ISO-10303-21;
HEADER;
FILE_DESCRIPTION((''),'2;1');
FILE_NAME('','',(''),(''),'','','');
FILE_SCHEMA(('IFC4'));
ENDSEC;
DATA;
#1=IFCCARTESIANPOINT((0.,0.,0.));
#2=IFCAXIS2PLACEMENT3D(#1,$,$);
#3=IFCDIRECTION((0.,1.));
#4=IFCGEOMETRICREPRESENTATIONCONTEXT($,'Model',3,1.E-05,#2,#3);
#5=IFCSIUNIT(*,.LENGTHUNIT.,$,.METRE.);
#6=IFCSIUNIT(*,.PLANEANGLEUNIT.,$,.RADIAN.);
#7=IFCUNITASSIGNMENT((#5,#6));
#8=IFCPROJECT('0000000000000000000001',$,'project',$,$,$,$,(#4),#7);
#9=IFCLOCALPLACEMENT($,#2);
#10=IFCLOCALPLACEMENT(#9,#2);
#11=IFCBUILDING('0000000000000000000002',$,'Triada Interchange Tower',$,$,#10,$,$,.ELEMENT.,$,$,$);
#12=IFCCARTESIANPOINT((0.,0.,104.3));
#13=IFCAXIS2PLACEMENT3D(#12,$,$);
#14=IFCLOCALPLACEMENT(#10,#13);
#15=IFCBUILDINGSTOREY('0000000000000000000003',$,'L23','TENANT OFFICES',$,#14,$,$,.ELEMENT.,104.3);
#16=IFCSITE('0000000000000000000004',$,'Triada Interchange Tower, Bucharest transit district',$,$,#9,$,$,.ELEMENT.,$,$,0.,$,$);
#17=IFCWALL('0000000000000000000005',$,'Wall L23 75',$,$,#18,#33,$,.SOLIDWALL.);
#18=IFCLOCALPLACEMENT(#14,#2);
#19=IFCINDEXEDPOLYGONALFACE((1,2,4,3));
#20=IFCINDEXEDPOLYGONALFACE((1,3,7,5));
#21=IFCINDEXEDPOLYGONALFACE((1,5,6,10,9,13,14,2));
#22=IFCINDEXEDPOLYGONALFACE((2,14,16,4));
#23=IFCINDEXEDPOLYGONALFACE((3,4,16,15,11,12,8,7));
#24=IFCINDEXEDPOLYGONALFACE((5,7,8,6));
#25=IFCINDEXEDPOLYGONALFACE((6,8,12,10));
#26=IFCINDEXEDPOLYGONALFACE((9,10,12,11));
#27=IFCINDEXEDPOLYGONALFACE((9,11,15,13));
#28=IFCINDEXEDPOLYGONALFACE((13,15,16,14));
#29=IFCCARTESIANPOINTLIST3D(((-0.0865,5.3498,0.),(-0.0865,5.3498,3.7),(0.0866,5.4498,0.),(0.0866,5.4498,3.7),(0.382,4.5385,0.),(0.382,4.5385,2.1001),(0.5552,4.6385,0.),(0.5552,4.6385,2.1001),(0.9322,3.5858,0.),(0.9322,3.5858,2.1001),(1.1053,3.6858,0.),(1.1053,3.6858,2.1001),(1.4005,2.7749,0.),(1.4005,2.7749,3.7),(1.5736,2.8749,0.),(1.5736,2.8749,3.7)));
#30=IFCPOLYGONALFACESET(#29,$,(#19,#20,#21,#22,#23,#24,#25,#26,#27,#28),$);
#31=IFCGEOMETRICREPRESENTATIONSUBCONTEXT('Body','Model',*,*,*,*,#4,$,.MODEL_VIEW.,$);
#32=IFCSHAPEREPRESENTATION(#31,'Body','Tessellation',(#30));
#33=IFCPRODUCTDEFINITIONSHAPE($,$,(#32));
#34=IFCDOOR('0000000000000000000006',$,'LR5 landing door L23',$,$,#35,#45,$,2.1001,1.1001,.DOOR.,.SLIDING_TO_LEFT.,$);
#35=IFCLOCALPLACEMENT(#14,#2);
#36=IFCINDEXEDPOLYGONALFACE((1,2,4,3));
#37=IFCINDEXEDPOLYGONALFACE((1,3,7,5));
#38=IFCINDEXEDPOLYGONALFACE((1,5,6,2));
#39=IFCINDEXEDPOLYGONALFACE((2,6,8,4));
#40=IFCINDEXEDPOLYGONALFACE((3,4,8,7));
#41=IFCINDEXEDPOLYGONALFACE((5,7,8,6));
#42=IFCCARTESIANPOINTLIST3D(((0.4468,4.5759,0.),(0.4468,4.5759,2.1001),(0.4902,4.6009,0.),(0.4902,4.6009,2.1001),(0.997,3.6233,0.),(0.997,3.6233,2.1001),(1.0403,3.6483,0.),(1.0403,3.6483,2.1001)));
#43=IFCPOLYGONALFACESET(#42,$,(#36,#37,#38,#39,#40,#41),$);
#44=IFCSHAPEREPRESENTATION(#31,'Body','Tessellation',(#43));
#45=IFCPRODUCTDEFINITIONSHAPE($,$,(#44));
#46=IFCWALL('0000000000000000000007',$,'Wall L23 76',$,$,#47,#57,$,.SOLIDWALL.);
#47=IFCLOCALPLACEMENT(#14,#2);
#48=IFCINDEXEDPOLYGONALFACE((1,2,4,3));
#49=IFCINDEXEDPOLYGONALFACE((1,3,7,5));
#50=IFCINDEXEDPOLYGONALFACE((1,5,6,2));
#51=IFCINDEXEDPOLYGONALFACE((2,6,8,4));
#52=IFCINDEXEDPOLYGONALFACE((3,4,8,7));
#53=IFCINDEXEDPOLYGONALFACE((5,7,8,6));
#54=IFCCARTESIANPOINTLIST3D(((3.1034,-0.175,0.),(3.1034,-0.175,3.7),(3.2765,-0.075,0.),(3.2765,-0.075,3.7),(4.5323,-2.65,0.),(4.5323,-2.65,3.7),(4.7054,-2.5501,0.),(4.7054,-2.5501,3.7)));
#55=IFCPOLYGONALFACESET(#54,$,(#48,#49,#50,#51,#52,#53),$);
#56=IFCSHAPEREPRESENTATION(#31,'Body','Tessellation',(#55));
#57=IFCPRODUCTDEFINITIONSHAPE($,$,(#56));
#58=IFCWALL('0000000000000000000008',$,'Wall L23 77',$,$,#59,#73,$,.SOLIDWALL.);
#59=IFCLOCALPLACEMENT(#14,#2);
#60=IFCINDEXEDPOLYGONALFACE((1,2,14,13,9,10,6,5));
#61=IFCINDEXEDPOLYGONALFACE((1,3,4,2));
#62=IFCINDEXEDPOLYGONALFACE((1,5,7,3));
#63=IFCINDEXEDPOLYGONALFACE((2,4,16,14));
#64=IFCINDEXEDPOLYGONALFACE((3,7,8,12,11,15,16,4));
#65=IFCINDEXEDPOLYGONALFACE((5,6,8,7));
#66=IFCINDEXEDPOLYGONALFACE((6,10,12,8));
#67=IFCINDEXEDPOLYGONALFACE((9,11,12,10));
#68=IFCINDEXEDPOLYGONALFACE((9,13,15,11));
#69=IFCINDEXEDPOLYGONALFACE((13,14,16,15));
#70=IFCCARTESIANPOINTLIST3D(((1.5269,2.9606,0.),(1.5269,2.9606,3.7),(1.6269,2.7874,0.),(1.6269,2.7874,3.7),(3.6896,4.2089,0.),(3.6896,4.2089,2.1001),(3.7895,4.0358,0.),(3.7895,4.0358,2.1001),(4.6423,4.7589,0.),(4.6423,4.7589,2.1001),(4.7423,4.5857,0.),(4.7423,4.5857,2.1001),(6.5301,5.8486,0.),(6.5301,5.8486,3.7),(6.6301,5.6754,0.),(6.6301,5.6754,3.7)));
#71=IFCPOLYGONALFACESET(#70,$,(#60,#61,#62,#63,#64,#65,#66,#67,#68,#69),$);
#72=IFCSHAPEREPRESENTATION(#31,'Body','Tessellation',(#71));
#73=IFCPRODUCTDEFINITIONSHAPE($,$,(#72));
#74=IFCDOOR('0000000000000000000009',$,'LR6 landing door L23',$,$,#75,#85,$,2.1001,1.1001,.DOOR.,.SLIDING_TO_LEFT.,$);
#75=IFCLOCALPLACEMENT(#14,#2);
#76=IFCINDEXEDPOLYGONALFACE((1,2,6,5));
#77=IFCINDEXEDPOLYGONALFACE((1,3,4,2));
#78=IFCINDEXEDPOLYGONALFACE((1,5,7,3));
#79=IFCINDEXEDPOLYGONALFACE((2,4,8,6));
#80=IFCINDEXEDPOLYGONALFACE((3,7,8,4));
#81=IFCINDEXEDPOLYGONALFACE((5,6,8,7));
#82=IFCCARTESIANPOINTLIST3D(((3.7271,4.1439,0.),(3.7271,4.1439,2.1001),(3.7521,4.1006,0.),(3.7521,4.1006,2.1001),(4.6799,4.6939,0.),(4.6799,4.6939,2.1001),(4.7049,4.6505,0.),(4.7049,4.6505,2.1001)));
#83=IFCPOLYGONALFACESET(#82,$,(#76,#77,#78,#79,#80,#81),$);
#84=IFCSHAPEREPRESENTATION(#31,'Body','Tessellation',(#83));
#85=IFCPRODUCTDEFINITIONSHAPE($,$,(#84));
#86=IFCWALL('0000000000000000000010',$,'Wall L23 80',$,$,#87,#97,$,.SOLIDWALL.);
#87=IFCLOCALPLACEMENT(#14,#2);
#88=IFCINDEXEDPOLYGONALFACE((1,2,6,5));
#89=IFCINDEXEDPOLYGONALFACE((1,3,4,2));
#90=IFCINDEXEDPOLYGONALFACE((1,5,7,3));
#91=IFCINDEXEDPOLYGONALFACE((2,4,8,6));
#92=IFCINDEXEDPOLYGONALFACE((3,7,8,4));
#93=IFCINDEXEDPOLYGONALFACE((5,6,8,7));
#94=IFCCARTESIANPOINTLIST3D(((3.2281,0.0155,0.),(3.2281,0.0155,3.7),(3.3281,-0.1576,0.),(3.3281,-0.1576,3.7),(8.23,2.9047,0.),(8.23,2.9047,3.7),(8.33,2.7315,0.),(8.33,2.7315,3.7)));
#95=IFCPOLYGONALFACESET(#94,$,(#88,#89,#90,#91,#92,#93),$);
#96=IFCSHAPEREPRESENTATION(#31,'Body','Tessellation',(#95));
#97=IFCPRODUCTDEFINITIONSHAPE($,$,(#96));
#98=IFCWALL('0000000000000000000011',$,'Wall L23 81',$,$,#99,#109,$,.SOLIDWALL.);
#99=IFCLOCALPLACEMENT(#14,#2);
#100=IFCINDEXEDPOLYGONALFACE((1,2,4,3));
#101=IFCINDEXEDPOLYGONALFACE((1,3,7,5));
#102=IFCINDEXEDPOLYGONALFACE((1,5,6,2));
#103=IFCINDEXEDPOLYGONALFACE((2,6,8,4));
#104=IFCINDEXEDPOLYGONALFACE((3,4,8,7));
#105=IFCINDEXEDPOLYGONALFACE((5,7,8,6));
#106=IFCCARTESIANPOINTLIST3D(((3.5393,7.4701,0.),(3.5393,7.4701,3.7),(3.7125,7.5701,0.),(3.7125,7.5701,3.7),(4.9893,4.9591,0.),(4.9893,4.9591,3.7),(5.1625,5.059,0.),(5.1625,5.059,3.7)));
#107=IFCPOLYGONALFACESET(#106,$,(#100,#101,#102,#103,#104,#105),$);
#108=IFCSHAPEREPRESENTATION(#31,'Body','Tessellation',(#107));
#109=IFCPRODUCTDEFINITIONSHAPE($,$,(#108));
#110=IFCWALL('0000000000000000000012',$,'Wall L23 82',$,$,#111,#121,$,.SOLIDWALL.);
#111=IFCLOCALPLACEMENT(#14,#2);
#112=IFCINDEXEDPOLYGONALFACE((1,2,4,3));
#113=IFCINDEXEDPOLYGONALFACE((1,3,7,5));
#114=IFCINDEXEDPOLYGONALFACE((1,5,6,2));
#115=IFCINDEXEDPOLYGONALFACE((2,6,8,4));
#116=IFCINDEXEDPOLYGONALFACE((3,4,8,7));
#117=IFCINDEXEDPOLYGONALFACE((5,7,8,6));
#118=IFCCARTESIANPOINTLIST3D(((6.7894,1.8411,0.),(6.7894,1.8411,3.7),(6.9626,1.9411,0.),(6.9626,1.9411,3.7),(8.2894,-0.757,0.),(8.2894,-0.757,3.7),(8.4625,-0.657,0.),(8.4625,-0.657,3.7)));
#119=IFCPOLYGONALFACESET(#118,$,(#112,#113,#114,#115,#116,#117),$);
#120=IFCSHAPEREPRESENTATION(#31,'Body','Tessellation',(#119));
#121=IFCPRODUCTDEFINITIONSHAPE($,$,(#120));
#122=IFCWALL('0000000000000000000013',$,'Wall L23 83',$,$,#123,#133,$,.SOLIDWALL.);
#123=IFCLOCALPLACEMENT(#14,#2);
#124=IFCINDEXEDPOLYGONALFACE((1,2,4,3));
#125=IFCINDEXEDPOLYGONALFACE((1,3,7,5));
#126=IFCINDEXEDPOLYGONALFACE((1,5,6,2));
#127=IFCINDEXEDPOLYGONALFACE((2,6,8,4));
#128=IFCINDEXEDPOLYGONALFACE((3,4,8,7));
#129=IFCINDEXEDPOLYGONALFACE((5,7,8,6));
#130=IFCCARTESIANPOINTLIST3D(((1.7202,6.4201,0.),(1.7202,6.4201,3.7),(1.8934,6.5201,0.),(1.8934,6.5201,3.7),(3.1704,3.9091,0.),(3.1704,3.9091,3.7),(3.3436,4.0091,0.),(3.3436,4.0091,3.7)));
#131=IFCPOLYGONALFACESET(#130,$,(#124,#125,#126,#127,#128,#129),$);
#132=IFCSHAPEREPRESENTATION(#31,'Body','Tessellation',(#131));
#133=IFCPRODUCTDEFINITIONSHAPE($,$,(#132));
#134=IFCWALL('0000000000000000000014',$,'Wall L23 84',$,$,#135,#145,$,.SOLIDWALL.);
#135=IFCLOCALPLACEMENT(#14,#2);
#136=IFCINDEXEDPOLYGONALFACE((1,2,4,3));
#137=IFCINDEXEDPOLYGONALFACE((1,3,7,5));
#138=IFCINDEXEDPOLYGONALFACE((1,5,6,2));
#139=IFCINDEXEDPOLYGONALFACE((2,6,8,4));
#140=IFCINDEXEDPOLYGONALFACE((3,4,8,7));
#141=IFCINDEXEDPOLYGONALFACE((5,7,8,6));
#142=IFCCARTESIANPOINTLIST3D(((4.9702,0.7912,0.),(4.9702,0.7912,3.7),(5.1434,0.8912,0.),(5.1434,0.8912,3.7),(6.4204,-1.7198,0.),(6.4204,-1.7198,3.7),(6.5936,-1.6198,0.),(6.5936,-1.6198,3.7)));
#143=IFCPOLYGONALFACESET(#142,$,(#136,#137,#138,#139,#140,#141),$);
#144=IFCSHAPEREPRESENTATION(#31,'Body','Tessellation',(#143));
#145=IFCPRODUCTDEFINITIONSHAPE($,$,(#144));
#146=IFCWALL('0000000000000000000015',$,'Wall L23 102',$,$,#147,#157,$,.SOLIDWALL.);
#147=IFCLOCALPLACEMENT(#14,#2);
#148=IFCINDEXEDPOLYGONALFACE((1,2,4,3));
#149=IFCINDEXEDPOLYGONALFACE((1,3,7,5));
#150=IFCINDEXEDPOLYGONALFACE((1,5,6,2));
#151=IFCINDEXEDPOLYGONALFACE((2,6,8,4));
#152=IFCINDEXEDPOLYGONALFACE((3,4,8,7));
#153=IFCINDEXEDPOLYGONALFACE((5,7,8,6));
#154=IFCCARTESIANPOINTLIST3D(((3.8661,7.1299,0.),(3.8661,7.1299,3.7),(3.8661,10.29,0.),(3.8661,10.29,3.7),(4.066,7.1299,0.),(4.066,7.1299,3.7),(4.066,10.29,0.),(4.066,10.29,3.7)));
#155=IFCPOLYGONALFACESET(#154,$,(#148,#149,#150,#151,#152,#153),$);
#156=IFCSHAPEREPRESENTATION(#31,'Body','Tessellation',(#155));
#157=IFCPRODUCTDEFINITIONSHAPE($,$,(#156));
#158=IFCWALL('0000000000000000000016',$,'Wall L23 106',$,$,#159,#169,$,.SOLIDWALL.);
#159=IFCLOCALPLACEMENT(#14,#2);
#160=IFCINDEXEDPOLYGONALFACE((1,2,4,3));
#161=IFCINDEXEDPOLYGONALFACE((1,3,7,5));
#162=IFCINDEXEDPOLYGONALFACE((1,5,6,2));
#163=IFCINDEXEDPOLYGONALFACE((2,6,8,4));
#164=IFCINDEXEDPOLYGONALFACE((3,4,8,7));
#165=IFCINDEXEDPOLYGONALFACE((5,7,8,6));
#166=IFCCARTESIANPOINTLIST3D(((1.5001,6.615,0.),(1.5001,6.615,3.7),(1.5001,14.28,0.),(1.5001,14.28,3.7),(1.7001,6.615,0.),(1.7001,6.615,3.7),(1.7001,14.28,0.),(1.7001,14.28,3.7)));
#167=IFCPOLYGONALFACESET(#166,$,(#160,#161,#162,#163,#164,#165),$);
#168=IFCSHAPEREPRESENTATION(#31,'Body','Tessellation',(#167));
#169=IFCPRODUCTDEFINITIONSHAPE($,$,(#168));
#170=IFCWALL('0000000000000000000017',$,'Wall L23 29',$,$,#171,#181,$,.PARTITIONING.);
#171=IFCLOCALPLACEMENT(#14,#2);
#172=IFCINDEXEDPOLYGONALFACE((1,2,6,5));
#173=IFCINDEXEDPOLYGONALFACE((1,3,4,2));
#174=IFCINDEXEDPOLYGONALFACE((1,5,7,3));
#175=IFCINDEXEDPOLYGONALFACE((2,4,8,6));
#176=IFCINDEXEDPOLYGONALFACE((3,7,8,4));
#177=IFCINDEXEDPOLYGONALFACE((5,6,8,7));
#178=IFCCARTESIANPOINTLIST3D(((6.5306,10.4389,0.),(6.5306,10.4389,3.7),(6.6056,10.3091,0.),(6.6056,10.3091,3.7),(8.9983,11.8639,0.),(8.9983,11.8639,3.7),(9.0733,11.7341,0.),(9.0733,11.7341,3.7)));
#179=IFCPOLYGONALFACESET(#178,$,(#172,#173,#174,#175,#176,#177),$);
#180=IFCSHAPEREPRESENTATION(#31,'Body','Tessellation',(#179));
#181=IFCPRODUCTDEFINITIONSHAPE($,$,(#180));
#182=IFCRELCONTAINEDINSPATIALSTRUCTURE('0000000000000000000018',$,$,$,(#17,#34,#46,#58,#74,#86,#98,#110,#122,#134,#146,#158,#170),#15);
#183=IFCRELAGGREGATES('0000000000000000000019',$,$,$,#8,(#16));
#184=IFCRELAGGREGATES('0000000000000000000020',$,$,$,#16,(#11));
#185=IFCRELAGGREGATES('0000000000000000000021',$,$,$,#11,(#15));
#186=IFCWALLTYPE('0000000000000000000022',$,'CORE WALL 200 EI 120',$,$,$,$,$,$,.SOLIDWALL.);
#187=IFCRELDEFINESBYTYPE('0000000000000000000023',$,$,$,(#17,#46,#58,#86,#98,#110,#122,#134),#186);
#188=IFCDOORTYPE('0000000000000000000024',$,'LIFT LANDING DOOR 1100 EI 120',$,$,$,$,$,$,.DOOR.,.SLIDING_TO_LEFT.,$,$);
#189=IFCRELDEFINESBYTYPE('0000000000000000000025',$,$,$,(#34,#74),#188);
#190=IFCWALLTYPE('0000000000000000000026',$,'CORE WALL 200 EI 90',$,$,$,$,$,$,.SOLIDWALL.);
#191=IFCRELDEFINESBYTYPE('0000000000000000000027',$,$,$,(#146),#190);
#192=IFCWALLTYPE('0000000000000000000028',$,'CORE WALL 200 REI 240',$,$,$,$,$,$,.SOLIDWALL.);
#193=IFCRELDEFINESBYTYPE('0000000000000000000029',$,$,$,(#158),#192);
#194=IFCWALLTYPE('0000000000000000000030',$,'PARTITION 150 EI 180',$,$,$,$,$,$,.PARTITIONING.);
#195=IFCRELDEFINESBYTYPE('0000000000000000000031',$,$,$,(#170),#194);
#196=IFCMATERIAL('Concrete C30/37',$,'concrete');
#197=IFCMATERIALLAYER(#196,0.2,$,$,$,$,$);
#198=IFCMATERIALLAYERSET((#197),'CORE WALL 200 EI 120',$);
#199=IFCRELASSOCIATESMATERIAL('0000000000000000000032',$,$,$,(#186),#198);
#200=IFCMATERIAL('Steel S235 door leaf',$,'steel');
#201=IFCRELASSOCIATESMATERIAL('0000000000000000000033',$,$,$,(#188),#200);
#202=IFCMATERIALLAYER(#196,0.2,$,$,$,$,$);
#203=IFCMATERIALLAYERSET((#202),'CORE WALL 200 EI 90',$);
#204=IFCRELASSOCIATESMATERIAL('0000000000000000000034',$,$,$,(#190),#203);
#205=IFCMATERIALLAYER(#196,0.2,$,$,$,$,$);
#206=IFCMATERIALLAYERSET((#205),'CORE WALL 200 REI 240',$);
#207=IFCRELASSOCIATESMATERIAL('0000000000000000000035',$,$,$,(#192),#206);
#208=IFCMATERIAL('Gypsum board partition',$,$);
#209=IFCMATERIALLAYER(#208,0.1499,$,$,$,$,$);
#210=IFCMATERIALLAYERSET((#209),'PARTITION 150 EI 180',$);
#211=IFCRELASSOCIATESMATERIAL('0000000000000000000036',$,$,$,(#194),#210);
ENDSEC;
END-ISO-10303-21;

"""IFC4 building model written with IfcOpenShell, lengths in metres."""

from ifc_helpers import new_model, si_unit, direction, frame, frame_2d, origin, place, context, subcontext, project, spatial, rectangle, extrude, material, layer, layer_set, type_object, element, fill, save


model = new_model("IFC4")

# Units and contexts
model_context = context("Model", 3, precision=1e-05, world=origin(), true_north=direction((0.0, 1.0)))
body_context = subcontext(model_context, "Body", "Model", "MODEL_VIEW")
ifc_project = project(units=[si_unit("LENGTHUNIT", "METRE"), si_unit("PLANEANGLEUNIT", "RADIAN")], contexts=[model_context])

# Site, building, storey
site_placement = place(None, origin())
site = spatial("IfcSite", under=ifc_project, at=site_placement, Name="Triada Interchange Tower, Bucharest transit district", CompositionType="ELEMENT", RefElevation=0.0)
building_placement = place(site_placement, origin())
building = spatial("IfcBuilding", under=site, at=building_placement, Name="Triada Interchange Tower", CompositionType="ELEMENT")
storey_placement = place(building_placement, frame((0.0, 0.0, 104.3)))
storey = spatial("IfcBuildingStorey", under=building, at=storey_placement, Name="L23", Description="TENANT OFFICES", CompositionType="ELEMENT", Elevation=104.3)

# Wall, opening, door
ifc_material_1 = material(Name="Concrete C30/37", Category="concrete")
ifc_layer_1 = layer(ifc_material_1, 0.2)
ifc_layer_set_1 = layer_set([ifc_layer_1], Name="CORE WALL 200 EI 120")
wall_type_1 = type_object("IfcWallType", Name="CORE WALL 200 EI 120", PredefinedType="SOLIDWALL", material=ifc_layer_set_1)
wall_1_placement = place(storey_placement, frame((0.0, 5.3999, 0.0), z_axis=(0.0, 0.0, 1.0), x_axis=(0.500104, -0.865965, 0.0)))
wall_1 = element("IfcWall", 1, at=wall_1_placement, inside=storey, type_object=wall_type_1, Name="Wall L23 75", PredefinedType="SOLIDWALL", context=body_context, shape_type="SweptSolid", body=[
    extrude(rectangle(XDim=2.9734, YDim=0.2, at=frame_2d((1.4868, 0.0))), origin(), (0.0, 0.0, 1.0), 3.7),
])
opening_1_placement = place(wall_1_placement, frame((0.937, 0.0, 0.0)))
opening_1 = element("IfcOpeningElement", 2, at=opening_1_placement, cuts=wall_1, PredefinedType="OPENING", context=body_context, shape_type="SweptSolid", body=[
    extrude(rectangle(XDim=1.1001, YDim=2.1001, at=frame_2d((0.55, 1.05))), frame((0.0, 0.1099, 0.0), z_axis=(0.0, -1.0, 0.0), x_axis=(1.0, 0.0, 0.0)), (0.0, 0.0, 1.0), 0.22),
])
ifc_material_2 = material(Name="Steel S235 door leaf", Category="steel")
door_type = type_object("IfcDoorType", Name="LIFT LANDING DOOR 1100 EI 120", OperationType="SLIDING_TO_LEFT", PredefinedType="DOOR", material=ifc_material_2)
door_1_placement = place(opening_1_placement, origin())
door_1 = element("IfcDoor", 3, at=door_1_placement, inside=storey, type_object=door_type, Name="LR5 landing door L23", OperationType="SLIDING_TO_LEFT", OverallHeight=2.1001, OverallWidth=1.1001, PredefinedType="DOOR", context=body_context, shape_type="SweptSolid", body=[
    extrude(rectangle(XDim=1.1001, YDim=2.1001, at=frame_2d((0.55, 1.05))), frame((0.0, 0.0249, 0.0), z_axis=(0.0, -1.0, 0.0), x_axis=(1.0, 0.0, 0.0)), (0.0, 0.0, 1.0), 0.05),
])
fill(opening_1, door_1)

# Wall
wall_2_placement = place(storey_placement, frame((3.1899, -0.125, 0.0), z_axis=(0.0, 0.0, 1.0), x_axis=(0.499989, -0.866032, 0.0)))
element("IfcWall", 4, at=wall_2_placement, inside=storey, type_object=wall_type_1, Name="Wall L23 76", PredefinedType="SOLIDWALL", context=body_context, shape_type="SweptSolid", body=[
    extrude(rectangle(XDim=2.8579, YDim=0.2, at=frame_2d((1.429, 0.0))), origin(), (0.0, 0.0, 1.0), 3.7),
])

# Wall, opening, door
wall_3_placement = place(storey_placement, frame((1.5769, 2.874, 0.0), z_axis=(0.0, 0.0, 1.0), x_axis=(0.866074, 0.499916, 0.0)))
wall_3 = element("IfcWall", 5, at=wall_3_placement, inside=storey, type_object=wall_type_1, Name="Wall L23 77", PredefinedType="SOLIDWALL", context=body_context, shape_type="SweptSolid", body=[
    extrude(rectangle(XDim=5.7769, YDim=0.2, at=frame_2d((2.8884, 0.0))), origin(), (0.0, 0.0, 1.0), 3.7),
])
opening_2_placement = place(wall_3_placement, frame((2.4971, 0.0, 0.0)))
opening_2 = element("IfcOpeningElement", 6, at=opening_2_placement, cuts=wall_3, PredefinedType="OPENING", context=body_context, shape_type="SweptSolid", body=[
    extrude(rectangle(XDim=1.1001, YDim=2.1001, at=frame_2d((0.55, 1.05))), frame((0.0, 0.1099, 0.0), z_axis=(0.0, -1.0, 0.0), x_axis=(1.0, 0.0, 0.0)), (0.0, 0.0, 1.0), 0.22),
])
door_2_placement = place(opening_2_placement, origin())
door_2 = element("IfcDoor", 7, at=door_2_placement, inside=storey, type_object=door_type, Name="LR6 landing door L23", OperationType="SLIDING_TO_LEFT", OverallHeight=2.1001, OverallWidth=1.1001, PredefinedType="DOOR", context=body_context, shape_type="SweptSolid", body=[
    extrude(rectangle(XDim=1.1001, YDim=2.1001, at=frame_2d((0.55, 1.05))), frame((0.0, 0.0249, 0.0), z_axis=(0.0, -1.0, 0.0), x_axis=(1.0, 0.0, 0.0)), (0.0, 0.0, 1.0), 0.05),
])
fill(opening_2, door_2)

# Walls
wall_4_placement = place(storey_placement, frame((3.2781, -0.071, 0.0), z_axis=(0.0, 0.0, 1.0), x_axis=(0.865929, 0.500166, 0.0)))
element("IfcWall", 8, at=wall_4_placement, inside=storey, type_object=wall_type_1, Name="Wall L23 80", PredefinedType="SOLIDWALL", context=body_context, shape_type="SweptSolid", body=[
    extrude(rectangle(XDim=5.7764, YDim=0.2, at=frame_2d((2.8882, 0.0))), origin(), (0.0, 0.0, 1.0), 3.7),
])
wall_5_placement = place(storey_placement, frame((3.626, 7.52, 0.0), z_axis=(0.0, 0.0, 1.0), x_axis=(0.50006, -0.865991, 0.0)))
element("IfcWall", 9, at=wall_5_placement, inside=storey, type_object=wall_type_1, Name="Wall L23 81", PredefinedType="SOLIDWALL", context=body_context, shape_type="SweptSolid", body=[
    extrude(rectangle(XDim=2.8997, YDim=0.2, at=frame_2d((1.4497, 0.0))), origin(), (0.0, 0.0, 1.0), 3.7),
])
wall_6_placement = place(storey_placement, frame((6.876, 1.8911, 0.0), z_axis=(0.0, 0.0, 1.0), x_axis=(0.49999, -0.866031, 0.0)))
element("IfcWall", 10, at=wall_6_placement, inside=storey, type_object=wall_type_1, Name="Wall L23 82", PredefinedType="SOLIDWALL", context=body_context, shape_type="SweptSolid", body=[
    extrude(rectangle(XDim=3.0, YDim=0.2, at=frame_2d((1.5, 0.0))), origin(), (0.0, 0.0, 1.0), 3.7),
])
for number, where, z_axis, x_axis, name in (
    (11, (1.8069, 6.47, 0.0), (0.0, 0.0, 1.0), (0.500123, -0.865954, 0.0), "Wall L23 83"),
    (12, (5.0569, 0.8411, 0.0), (0.0, 0.0, 1.0), (0.500123, -0.865954, 0.0), "Wall L23 84"),
):
    element("IfcWall", number, at=place(storey_placement, frame(where, z_axis=z_axis, x_axis=x_axis)), inside=storey, type_object=wall_type_1, Name=name, PredefinedType="SOLIDWALL", context=body_context, shape_type="SweptSolid", body=[
        extrude(rectangle(XDim=2.8997, YDim=0.2, at=frame_2d((1.4497, 0.0))), origin(), (0.0, 0.0, 1.0), 3.7),
    ])
ifc_layer_2 = layer(ifc_material_1, 0.2)
ifc_layer_set_2 = layer_set([ifc_layer_2], Name="CORE WALL 200 EI 90")
wall_type_2 = type_object("IfcWallType", Name="CORE WALL 200 EI 90", PredefinedType="SOLIDWALL", material=ifc_layer_set_2)
wall_7_placement = place(storey_placement, frame((3.9661, 7.1299, 0.0), z_axis=(0.0, 0.0, 1.0), x_axis=(0.0, 1.0, 0.0)))
element("IfcWall", 13, at=wall_7_placement, inside=storey, type_object=wall_type_2, Name="Wall L23 102", PredefinedType="SOLIDWALL", context=body_context, shape_type="SweptSolid", body=[
    extrude(rectangle(XDim=3.1602, YDim=0.2, at=frame_2d((1.5801, 0.0))), origin(), (0.0, 0.0, 1.0), 3.7),
])
ifc_layer_3 = layer(ifc_material_1, 0.2)
ifc_layer_set_3 = layer_set([ifc_layer_3], Name="CORE WALL 200 REI 240")
wall_type_3 = type_object("IfcWallType", Name="CORE WALL 200 REI 240", PredefinedType="SOLIDWALL", material=ifc_layer_set_3)
wall_8_placement = place(storey_placement, frame((1.6001, 6.615, 0.0), z_axis=(0.0, 0.0, 1.0), x_axis=(0.0, 1.0, 0.0)))
element("IfcWall", 14, at=wall_8_placement, inside=storey, type_object=wall_type_3, Name="Wall L23 106", PredefinedType="SOLIDWALL", context=body_context, shape_type="SweptSolid", body=[
    extrude(rectangle(XDim=7.665, YDim=0.2, at=frame_2d((3.8325, 0.0))), origin(), (0.0, 0.0, 1.0), 3.7),
])
ifc_material_3 = material(Name="Gypsum board partition")
ifc_layer_4 = layer(ifc_material_3, 0.1499)
ifc_layer_set_4 = layer_set([ifc_layer_4], Name="PARTITION 150 EI 180")
wall_type_4 = type_object("IfcWallType", Name="PARTITION 150 EI 180", PredefinedType="PARTITIONING", material=ifc_layer_set_4)
wall_9_placement = place(storey_placement, frame((6.5681, 10.374, 0.0), z_axis=(0.0, 0.0, 1.0), x_axis=(0.865983, 0.500073, 0.0)))
element("IfcWall", 15, at=wall_9_placement, inside=storey, type_object=wall_type_4, Name="Wall L23 29", PredefinedType="PARTITIONING", context=body_context, shape_type="SweptSolid", body=[
    extrude(rectangle(XDim=2.8496, YDim=0.1499, at=frame_2d((1.4248, 0.0))), origin(), (0.0, 0.0, 1.0), 3.7),
])

save(model, "model.ifc")
